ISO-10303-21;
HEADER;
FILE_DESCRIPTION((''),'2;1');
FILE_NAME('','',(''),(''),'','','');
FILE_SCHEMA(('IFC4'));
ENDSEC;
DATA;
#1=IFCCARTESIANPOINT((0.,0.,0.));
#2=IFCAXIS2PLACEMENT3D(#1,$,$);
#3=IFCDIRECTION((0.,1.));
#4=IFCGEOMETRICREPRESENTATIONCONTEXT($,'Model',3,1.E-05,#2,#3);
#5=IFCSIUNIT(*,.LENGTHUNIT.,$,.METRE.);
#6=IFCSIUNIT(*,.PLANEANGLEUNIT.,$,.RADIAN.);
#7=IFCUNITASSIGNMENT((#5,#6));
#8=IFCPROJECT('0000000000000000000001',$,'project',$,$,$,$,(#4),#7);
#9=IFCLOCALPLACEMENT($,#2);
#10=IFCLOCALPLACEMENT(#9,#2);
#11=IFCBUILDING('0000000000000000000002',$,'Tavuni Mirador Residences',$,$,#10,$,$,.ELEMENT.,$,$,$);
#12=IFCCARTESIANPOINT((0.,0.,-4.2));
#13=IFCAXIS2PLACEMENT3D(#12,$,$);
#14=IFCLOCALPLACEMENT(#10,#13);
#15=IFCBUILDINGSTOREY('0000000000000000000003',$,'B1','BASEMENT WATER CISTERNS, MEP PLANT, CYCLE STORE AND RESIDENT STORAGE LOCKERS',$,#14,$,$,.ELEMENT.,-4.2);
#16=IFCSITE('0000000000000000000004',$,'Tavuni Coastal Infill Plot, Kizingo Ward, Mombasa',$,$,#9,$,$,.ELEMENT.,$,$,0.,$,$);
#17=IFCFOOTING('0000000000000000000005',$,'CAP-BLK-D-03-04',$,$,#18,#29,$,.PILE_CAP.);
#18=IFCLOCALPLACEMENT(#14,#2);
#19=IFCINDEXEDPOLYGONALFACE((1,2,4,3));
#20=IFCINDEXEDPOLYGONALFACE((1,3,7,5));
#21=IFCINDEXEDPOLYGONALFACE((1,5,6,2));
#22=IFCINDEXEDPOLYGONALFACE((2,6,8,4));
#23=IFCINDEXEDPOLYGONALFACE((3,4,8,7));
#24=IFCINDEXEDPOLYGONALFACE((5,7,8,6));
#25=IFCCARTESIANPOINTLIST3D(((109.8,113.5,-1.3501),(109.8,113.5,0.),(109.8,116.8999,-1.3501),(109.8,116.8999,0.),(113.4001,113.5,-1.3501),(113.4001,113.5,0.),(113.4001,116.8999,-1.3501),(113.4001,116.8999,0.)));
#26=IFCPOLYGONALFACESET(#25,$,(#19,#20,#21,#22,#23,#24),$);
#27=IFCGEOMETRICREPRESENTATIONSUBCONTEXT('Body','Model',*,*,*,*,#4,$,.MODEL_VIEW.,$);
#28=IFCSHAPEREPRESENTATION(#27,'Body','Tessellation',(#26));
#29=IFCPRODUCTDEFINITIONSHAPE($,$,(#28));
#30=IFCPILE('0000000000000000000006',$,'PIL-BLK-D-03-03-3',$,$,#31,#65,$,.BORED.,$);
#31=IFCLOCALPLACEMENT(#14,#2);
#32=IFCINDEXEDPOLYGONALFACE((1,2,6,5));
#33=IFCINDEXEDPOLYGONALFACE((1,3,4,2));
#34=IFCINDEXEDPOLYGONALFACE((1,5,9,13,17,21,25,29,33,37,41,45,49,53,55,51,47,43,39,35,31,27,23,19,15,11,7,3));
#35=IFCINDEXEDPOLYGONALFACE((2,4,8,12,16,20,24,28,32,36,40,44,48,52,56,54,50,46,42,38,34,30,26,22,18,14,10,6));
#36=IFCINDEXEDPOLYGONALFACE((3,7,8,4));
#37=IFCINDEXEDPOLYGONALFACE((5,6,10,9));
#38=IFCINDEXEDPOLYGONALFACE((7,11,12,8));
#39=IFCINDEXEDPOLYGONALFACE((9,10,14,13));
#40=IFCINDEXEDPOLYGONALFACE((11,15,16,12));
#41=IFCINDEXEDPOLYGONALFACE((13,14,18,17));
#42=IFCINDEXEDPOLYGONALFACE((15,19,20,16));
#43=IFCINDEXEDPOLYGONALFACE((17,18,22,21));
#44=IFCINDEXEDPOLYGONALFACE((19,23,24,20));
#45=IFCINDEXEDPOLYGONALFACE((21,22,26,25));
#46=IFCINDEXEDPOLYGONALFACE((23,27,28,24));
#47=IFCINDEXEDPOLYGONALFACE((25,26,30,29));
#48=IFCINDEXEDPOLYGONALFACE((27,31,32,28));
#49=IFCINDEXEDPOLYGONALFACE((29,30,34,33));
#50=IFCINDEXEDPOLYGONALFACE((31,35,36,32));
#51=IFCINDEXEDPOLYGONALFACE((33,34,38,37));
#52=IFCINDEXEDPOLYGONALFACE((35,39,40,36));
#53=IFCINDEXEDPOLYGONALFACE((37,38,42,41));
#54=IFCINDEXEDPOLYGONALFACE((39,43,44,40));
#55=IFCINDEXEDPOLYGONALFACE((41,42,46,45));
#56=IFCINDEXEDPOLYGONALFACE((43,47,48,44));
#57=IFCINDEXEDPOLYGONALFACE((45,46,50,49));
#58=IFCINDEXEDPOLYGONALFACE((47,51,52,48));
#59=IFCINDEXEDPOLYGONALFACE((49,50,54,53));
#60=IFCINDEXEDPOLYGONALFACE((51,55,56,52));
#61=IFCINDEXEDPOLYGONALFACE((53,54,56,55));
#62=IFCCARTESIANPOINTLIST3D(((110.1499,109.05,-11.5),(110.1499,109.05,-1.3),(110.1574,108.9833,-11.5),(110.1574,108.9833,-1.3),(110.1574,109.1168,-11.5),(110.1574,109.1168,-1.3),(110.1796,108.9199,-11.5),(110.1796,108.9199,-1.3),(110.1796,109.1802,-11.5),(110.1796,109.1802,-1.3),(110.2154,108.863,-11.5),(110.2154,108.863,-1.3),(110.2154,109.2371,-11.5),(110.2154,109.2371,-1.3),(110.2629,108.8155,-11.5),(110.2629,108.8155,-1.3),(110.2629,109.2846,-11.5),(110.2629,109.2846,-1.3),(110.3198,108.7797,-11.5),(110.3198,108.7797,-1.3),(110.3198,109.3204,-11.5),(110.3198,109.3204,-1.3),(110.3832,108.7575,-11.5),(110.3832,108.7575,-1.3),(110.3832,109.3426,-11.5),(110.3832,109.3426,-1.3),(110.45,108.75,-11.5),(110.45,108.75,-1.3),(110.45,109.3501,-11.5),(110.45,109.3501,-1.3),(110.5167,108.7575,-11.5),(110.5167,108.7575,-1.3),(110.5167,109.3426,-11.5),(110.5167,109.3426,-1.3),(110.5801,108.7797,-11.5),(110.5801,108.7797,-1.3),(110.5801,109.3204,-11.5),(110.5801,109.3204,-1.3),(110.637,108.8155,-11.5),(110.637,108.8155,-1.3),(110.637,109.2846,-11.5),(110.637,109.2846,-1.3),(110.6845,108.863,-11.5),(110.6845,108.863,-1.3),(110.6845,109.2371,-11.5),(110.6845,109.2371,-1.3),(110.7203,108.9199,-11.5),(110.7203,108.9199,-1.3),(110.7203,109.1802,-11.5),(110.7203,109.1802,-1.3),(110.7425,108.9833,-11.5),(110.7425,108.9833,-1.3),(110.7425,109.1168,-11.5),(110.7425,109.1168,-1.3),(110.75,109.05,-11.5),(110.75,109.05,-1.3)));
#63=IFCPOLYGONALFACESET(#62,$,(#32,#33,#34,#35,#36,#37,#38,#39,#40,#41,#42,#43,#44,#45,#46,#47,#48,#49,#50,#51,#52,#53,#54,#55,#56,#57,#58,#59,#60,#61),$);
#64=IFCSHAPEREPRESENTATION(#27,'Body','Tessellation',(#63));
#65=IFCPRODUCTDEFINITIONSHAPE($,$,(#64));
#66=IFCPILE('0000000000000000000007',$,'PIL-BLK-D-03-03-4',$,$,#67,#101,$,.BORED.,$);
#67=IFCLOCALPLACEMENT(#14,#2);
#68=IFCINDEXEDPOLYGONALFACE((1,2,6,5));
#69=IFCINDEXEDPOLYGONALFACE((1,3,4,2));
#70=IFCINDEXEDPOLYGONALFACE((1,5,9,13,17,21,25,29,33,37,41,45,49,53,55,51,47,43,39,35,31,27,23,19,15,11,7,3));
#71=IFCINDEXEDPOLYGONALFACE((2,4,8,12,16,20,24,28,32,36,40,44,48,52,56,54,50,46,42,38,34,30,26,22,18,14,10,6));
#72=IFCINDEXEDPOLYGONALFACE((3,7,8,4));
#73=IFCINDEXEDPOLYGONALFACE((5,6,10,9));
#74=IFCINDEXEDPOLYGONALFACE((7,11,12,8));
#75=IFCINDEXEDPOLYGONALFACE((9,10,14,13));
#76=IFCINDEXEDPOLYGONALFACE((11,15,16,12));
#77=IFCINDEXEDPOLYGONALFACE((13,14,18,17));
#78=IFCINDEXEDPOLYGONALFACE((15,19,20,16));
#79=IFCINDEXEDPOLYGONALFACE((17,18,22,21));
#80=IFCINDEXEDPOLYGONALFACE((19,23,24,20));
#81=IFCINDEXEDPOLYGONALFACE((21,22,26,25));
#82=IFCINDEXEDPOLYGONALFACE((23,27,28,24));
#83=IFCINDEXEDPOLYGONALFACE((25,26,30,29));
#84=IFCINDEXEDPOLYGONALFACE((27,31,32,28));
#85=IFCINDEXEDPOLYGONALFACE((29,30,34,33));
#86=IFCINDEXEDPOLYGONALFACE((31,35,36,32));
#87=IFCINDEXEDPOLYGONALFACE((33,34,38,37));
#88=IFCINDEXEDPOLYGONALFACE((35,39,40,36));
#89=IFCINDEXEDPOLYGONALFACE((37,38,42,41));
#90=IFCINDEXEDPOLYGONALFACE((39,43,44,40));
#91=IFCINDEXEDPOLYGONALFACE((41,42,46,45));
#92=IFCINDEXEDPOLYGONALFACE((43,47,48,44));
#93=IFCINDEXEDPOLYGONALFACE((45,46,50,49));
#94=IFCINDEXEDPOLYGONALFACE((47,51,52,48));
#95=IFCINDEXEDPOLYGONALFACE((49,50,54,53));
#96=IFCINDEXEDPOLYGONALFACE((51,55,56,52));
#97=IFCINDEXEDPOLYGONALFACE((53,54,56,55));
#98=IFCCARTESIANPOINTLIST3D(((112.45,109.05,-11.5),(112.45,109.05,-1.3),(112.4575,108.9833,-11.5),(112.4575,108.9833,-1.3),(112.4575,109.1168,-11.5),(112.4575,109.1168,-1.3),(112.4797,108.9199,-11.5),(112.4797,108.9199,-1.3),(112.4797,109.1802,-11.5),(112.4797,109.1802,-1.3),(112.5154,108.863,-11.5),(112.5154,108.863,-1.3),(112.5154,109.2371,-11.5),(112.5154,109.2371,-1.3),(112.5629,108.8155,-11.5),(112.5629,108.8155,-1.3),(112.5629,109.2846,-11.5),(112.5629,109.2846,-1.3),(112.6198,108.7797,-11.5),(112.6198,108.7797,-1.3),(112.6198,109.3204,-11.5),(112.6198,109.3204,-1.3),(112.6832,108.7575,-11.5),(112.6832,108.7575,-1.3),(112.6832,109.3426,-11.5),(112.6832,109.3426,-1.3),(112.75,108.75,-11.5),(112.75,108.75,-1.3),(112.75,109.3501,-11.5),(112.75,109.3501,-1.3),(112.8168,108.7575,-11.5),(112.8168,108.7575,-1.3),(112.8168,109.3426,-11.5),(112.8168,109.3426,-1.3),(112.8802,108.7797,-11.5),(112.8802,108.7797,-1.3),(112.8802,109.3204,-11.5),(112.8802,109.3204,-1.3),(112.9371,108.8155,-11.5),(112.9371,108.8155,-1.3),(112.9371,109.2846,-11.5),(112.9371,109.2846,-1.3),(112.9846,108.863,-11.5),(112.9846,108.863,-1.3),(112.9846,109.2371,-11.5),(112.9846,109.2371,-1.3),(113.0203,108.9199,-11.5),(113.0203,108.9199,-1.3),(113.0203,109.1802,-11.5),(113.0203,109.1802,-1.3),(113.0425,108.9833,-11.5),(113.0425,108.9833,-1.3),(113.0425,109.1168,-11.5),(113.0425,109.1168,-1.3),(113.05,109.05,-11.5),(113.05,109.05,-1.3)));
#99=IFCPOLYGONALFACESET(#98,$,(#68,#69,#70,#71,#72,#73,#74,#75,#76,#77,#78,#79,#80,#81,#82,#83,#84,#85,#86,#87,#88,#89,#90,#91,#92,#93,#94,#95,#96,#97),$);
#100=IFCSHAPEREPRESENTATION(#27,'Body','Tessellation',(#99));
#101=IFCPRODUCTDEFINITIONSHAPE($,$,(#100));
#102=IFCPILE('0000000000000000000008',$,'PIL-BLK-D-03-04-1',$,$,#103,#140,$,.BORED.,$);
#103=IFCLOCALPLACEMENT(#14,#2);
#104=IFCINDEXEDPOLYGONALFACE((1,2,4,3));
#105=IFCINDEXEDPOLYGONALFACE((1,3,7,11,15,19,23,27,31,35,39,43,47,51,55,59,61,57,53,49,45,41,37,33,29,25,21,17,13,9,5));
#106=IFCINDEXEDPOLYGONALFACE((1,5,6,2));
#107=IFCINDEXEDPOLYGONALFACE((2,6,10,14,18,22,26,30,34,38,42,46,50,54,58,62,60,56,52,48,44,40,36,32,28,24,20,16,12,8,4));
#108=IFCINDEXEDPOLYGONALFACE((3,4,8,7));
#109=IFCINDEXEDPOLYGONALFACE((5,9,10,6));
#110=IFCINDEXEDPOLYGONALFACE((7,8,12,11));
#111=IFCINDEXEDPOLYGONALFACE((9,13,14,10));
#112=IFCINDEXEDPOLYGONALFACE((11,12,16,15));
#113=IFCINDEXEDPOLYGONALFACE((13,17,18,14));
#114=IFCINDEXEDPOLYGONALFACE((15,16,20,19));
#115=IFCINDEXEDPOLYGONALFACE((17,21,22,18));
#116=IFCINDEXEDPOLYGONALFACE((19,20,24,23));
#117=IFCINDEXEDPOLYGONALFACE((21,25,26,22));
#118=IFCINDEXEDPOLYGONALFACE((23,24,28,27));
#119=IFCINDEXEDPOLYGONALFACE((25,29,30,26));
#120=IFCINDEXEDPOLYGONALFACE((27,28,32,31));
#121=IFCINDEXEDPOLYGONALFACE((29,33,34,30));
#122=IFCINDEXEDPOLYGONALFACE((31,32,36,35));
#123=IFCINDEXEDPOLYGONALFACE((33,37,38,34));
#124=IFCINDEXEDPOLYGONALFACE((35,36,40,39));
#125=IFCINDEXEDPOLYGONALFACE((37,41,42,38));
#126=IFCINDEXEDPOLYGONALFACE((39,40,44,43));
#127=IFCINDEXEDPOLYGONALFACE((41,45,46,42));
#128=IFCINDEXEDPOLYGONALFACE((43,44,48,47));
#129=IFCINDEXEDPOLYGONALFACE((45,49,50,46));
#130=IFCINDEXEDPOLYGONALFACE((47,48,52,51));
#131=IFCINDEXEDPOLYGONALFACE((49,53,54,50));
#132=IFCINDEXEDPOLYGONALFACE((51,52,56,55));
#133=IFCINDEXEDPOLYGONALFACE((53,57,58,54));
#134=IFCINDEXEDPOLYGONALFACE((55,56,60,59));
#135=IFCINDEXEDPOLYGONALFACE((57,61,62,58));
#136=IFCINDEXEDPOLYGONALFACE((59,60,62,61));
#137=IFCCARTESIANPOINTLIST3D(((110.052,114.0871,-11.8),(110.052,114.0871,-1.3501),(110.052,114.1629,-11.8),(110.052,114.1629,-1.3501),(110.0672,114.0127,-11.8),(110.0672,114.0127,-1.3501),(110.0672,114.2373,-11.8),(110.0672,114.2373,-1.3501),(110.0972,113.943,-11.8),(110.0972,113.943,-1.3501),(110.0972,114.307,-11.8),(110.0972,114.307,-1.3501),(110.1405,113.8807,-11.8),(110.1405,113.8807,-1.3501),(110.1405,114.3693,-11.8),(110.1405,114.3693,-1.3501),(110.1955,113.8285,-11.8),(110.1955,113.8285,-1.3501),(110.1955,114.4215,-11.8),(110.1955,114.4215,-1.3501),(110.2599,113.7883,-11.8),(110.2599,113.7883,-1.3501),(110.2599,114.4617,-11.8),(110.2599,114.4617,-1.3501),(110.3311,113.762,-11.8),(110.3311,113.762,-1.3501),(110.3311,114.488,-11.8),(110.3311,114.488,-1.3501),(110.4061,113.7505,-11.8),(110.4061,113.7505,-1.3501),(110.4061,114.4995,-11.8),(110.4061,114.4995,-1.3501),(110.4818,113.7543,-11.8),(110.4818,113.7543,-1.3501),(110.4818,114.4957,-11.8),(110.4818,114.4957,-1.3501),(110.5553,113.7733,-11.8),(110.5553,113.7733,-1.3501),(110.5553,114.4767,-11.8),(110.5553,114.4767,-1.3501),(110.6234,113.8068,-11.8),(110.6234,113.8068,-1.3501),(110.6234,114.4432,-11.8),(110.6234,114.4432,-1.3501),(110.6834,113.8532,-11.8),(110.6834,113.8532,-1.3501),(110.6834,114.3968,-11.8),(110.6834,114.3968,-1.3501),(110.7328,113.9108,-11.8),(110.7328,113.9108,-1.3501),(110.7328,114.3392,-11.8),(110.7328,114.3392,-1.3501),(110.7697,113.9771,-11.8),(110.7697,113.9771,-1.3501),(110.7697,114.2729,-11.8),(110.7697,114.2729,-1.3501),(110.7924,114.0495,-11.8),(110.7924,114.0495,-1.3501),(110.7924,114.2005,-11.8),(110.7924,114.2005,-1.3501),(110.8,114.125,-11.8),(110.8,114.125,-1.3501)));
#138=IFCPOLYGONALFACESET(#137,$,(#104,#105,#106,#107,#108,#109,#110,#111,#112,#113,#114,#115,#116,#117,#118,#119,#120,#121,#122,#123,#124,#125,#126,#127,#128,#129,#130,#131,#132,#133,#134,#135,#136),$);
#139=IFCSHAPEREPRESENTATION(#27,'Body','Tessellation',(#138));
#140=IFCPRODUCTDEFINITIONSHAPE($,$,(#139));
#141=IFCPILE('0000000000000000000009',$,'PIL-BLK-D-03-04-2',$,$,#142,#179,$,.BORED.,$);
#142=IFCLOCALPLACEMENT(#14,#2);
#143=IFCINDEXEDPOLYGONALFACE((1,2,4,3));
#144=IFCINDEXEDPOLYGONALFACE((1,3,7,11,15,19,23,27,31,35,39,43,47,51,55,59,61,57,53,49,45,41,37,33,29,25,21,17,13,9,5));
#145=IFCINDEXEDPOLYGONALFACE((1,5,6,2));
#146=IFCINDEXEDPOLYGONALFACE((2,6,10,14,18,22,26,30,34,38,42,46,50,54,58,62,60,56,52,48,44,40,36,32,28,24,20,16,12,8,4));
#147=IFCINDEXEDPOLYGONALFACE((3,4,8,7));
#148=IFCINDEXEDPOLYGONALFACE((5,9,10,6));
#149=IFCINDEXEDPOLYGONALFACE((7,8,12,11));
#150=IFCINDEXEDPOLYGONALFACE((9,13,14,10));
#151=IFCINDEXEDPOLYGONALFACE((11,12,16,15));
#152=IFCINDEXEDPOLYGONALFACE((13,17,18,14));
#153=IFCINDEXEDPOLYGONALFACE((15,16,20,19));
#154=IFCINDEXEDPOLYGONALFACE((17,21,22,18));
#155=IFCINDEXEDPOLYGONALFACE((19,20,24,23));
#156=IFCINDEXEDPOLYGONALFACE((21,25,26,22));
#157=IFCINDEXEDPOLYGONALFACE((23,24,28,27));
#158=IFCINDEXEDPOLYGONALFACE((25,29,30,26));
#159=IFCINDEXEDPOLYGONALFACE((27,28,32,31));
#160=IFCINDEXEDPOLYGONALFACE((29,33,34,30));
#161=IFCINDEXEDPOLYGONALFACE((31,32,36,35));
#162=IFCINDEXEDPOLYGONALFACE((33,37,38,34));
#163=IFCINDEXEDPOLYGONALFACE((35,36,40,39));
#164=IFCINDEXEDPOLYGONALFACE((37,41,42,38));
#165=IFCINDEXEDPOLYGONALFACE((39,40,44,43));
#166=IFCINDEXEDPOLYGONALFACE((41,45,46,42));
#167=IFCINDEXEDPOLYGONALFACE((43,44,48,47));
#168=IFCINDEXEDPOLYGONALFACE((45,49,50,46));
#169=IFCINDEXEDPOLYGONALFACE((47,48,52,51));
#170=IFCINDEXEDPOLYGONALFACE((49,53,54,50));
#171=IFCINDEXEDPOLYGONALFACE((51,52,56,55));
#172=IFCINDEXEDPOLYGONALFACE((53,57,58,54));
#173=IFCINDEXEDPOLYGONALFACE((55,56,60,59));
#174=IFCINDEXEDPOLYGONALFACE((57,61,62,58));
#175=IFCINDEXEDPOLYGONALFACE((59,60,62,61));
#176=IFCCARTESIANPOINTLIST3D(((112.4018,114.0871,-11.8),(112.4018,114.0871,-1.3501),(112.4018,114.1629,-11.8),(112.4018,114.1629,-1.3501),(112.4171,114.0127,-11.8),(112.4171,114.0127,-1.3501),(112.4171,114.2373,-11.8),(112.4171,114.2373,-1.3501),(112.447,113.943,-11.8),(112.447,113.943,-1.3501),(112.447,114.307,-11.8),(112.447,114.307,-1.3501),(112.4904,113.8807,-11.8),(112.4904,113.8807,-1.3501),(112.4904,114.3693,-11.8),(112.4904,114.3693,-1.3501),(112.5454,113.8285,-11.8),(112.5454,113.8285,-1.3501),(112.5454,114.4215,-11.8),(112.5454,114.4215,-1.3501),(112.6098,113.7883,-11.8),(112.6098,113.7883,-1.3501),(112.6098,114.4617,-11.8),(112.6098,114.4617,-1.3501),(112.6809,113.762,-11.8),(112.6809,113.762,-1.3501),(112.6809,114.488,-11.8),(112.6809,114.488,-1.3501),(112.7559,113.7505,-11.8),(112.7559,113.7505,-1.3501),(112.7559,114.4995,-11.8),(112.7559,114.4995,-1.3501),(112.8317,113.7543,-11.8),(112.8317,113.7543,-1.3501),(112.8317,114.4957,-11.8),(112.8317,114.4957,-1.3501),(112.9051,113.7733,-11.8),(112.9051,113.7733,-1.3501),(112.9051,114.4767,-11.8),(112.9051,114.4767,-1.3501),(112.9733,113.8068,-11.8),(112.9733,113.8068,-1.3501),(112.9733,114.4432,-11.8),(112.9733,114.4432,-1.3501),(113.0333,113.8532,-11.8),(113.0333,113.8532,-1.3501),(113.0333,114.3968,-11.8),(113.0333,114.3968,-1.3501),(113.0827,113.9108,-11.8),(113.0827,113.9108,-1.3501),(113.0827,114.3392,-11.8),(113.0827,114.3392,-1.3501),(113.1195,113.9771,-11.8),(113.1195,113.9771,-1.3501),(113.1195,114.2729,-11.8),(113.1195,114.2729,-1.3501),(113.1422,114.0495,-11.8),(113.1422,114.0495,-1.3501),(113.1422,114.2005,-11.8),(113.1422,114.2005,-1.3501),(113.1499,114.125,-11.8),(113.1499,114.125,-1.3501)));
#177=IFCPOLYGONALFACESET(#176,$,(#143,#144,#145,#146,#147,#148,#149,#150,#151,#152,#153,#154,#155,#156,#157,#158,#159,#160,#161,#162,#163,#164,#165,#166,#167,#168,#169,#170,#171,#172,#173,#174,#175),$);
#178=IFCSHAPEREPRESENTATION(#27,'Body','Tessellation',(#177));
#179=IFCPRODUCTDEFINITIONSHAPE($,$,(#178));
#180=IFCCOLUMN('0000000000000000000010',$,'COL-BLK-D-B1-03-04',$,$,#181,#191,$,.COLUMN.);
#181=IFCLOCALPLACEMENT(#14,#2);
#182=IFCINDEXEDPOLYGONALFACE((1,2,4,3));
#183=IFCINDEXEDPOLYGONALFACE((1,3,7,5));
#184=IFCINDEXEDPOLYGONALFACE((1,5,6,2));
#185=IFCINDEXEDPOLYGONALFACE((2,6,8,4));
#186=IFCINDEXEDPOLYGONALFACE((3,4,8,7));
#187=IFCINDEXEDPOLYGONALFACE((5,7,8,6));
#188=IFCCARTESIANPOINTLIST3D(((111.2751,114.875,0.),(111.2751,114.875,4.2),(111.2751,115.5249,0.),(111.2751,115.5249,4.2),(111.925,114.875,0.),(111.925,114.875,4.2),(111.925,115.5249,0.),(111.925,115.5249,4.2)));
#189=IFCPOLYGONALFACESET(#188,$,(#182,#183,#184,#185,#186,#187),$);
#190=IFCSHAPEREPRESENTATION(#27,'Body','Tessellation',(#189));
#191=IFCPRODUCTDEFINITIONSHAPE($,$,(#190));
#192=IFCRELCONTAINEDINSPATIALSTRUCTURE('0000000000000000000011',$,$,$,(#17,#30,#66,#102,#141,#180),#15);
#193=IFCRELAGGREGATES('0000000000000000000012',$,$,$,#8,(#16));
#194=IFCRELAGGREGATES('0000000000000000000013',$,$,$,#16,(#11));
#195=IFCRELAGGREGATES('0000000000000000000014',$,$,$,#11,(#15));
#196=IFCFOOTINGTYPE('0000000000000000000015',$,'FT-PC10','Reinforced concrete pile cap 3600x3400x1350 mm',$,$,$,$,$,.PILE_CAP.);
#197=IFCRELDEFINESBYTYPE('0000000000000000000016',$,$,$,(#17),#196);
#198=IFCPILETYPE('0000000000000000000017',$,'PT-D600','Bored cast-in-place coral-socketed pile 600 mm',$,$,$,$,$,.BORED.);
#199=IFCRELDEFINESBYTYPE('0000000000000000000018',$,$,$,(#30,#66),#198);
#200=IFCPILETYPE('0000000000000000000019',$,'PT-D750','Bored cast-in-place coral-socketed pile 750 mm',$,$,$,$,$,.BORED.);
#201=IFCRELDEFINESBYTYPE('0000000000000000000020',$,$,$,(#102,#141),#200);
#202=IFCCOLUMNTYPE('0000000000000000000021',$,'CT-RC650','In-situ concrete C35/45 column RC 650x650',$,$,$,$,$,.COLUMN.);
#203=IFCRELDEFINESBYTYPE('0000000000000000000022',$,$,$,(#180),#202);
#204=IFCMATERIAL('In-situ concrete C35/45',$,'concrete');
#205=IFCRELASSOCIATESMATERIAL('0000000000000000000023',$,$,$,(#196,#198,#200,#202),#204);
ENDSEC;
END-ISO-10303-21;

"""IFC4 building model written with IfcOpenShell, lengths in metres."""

from ifc_helpers import new_model, si_unit, direction, frame, origin, origin_2d, place, context, subcontext, project, spatial, rectangle, circle, extrude, material, material_profile, profile_set, type_object, element, save


model = new_model("IFC4")

# Units and contexts
model_context = context("Model", 3, precision=1e-05, world=origin(), true_north=direction((0.0, 1.0)))
body_context = subcontext(model_context, "Body", "Model", "MODEL_VIEW")
ifc_project = project(units=[si_unit("LENGTHUNIT", "METRE"), si_unit("PLANEANGLEUNIT", "RADIAN")], contexts=[model_context])

# Site, building, storey
site_placement = place(None, origin())
site = spatial("IfcSite", under=ifc_project, at=site_placement, Name="Tavuni Coastal Infill Plot, Kizingo Ward, Mombasa", CompositionType="ELEMENT", RefElevation=0.0)
building_placement = place(site_placement, origin())
building = spatial("IfcBuilding", under=site, at=building_placement, Name="Tavuni Mirador Residences", CompositionType="ELEMENT")
storey_placement = place(building_placement, frame((0.0, 0.0, -4.2)))
storey = spatial("IfcBuildingStorey", under=building, at=storey_placement, Name="B1", Description="BASEMENT WATER CISTERNS, MEP PLANT, CYCLE STORE AND RESIDENT STORAGE LOCKERS", CompositionType="ELEMENT", Elevation=-4.2)

# Footing
ifc_material_1 = material(Name="In-situ concrete C35/45", Category="concrete")
footing_type = type_object("IfcFootingType", Name="FT-PC10", Description="Reinforced concrete pile cap 3600x3400x1350 mm", PredefinedType="PILE_CAP", material=ifc_material_1)
footing_placement = place(storey_placement, frame((111.6001, 115.2, -1.3501), z_axis=(0.0, 0.0, 1.0), x_axis=(1.0, 0.0, 0.0)))
element("IfcFooting", 1, at=footing_placement, inside=storey, type_object=footing_type, Name="CAP-BLK-D-03-04", PredefinedType="PILE_CAP", context=body_context, shape_type="SweptSolid", body=[
    extrude(rectangle(XDim=3.6001, YDim=3.3999, at=origin_2d()), origin(), (0.0, 0.0, 1.0), 1.3501),
])

# Piles
ifc_material_profile_1 = material_profile(ifc_material_1, circle(Radius=0.3, at=origin_2d()), Name="PILE D600", Category="concrete")
ifc_profile_set_1 = profile_set([ifc_material_profile_1], Name="In-situ concrete C35/45")
pile_type_1 = type_object("IfcPileType", Name="PT-D600", Description="Bored cast-in-place coral-socketed pile 600 mm", PredefinedType="BORED", material=ifc_profile_set_1)
for number, where, z_axis, x_axis, name in (
    (2, (110.45, 109.05, -1.3), (0.0, 0.0, -1.0), (1.0, 0.0, 0.0), "PIL-BLK-D-03-03-3"),
    (3, (112.75, 109.05, -1.3), (0.0, 0.0, -1.0), (1.0, 0.0, 0.0), "PIL-BLK-D-03-03-4"),
):
    element("IfcPile", number, at=place(storey_placement, frame(where, z_axis=z_axis, x_axis=x_axis)), inside=storey, type_object=pile_type_1, Name=name, PredefinedType="BORED", context=body_context, shape_type="SweptSolid", body=[
        extrude(circle(Radius=0.3, at=origin_2d()), origin(), (0.0, 0.0, 1.0), 10.2),
    ])
ifc_material_profile_2 = material_profile(ifc_material_1, circle(Radius=0.375, at=origin_2d()), Name="PILE D750", Category="concrete")
ifc_profile_set_2 = profile_set([ifc_material_profile_2], Name="In-situ concrete C35/45")
pile_type_2 = type_object("IfcPileType", Name="PT-D750", Description="Bored cast-in-place coral-socketed pile 750 mm", PredefinedType="BORED", material=ifc_profile_set_2)
for number, where, z_axis, x_axis, name in (
    (4, (110.425, 114.125, -1.3501), (0.0, 0.0, -1.0), (1.0, 0.0, 0.0), "PIL-BLK-D-03-04-1"),
    (5, (112.7749, 114.125, -1.3501), (0.0, 0.0, -1.0), (1.0, 0.0, 0.0), "PIL-BLK-D-03-04-2"),
):
    element("IfcPile", number, at=place(storey_placement, frame(where, z_axis=z_axis, x_axis=x_axis)), inside=storey, type_object=pile_type_2, Name=name, PredefinedType="BORED", context=body_context, shape_type="SweptSolid", body=[
        extrude(circle(Radius=0.375, at=origin_2d()), origin(), (0.0, 0.0, 1.0), 10.45),
    ])

# Column
ifc_material_profile_3 = material_profile(ifc_material_1, rectangle(XDim=0.6499, YDim=0.6499, at=origin_2d()), Name="RC 650x650", Category="concrete")
ifc_profile_set_3 = profile_set([ifc_material_profile_3], Name="In-situ concrete C35/45")
column_type = type_object("IfcColumnType", Name="CT-RC650", Description="In-situ concrete C35/45 column RC 650x650", PredefinedType="COLUMN", material=ifc_profile_set_3)
column_placement = place(storey_placement, frame((111.6001, 115.2, 0.0), z_axis=(0.0, 0.0, 1.0), x_axis=(1.0, 0.0, 0.0)))
element("IfcColumn", 6, at=column_placement, inside=storey, type_object=column_type, Name="COL-BLK-D-B1-03-04", PredefinedType="COLUMN", context=body_context, shape_type="SweptSolid", body=[
    extrude(rectangle(XDim=0.6499, YDim=0.6499, at=origin_2d()), origin(), (0.0, 0.0, 1.0), 4.2),
])

save(model, "model.ifc")
